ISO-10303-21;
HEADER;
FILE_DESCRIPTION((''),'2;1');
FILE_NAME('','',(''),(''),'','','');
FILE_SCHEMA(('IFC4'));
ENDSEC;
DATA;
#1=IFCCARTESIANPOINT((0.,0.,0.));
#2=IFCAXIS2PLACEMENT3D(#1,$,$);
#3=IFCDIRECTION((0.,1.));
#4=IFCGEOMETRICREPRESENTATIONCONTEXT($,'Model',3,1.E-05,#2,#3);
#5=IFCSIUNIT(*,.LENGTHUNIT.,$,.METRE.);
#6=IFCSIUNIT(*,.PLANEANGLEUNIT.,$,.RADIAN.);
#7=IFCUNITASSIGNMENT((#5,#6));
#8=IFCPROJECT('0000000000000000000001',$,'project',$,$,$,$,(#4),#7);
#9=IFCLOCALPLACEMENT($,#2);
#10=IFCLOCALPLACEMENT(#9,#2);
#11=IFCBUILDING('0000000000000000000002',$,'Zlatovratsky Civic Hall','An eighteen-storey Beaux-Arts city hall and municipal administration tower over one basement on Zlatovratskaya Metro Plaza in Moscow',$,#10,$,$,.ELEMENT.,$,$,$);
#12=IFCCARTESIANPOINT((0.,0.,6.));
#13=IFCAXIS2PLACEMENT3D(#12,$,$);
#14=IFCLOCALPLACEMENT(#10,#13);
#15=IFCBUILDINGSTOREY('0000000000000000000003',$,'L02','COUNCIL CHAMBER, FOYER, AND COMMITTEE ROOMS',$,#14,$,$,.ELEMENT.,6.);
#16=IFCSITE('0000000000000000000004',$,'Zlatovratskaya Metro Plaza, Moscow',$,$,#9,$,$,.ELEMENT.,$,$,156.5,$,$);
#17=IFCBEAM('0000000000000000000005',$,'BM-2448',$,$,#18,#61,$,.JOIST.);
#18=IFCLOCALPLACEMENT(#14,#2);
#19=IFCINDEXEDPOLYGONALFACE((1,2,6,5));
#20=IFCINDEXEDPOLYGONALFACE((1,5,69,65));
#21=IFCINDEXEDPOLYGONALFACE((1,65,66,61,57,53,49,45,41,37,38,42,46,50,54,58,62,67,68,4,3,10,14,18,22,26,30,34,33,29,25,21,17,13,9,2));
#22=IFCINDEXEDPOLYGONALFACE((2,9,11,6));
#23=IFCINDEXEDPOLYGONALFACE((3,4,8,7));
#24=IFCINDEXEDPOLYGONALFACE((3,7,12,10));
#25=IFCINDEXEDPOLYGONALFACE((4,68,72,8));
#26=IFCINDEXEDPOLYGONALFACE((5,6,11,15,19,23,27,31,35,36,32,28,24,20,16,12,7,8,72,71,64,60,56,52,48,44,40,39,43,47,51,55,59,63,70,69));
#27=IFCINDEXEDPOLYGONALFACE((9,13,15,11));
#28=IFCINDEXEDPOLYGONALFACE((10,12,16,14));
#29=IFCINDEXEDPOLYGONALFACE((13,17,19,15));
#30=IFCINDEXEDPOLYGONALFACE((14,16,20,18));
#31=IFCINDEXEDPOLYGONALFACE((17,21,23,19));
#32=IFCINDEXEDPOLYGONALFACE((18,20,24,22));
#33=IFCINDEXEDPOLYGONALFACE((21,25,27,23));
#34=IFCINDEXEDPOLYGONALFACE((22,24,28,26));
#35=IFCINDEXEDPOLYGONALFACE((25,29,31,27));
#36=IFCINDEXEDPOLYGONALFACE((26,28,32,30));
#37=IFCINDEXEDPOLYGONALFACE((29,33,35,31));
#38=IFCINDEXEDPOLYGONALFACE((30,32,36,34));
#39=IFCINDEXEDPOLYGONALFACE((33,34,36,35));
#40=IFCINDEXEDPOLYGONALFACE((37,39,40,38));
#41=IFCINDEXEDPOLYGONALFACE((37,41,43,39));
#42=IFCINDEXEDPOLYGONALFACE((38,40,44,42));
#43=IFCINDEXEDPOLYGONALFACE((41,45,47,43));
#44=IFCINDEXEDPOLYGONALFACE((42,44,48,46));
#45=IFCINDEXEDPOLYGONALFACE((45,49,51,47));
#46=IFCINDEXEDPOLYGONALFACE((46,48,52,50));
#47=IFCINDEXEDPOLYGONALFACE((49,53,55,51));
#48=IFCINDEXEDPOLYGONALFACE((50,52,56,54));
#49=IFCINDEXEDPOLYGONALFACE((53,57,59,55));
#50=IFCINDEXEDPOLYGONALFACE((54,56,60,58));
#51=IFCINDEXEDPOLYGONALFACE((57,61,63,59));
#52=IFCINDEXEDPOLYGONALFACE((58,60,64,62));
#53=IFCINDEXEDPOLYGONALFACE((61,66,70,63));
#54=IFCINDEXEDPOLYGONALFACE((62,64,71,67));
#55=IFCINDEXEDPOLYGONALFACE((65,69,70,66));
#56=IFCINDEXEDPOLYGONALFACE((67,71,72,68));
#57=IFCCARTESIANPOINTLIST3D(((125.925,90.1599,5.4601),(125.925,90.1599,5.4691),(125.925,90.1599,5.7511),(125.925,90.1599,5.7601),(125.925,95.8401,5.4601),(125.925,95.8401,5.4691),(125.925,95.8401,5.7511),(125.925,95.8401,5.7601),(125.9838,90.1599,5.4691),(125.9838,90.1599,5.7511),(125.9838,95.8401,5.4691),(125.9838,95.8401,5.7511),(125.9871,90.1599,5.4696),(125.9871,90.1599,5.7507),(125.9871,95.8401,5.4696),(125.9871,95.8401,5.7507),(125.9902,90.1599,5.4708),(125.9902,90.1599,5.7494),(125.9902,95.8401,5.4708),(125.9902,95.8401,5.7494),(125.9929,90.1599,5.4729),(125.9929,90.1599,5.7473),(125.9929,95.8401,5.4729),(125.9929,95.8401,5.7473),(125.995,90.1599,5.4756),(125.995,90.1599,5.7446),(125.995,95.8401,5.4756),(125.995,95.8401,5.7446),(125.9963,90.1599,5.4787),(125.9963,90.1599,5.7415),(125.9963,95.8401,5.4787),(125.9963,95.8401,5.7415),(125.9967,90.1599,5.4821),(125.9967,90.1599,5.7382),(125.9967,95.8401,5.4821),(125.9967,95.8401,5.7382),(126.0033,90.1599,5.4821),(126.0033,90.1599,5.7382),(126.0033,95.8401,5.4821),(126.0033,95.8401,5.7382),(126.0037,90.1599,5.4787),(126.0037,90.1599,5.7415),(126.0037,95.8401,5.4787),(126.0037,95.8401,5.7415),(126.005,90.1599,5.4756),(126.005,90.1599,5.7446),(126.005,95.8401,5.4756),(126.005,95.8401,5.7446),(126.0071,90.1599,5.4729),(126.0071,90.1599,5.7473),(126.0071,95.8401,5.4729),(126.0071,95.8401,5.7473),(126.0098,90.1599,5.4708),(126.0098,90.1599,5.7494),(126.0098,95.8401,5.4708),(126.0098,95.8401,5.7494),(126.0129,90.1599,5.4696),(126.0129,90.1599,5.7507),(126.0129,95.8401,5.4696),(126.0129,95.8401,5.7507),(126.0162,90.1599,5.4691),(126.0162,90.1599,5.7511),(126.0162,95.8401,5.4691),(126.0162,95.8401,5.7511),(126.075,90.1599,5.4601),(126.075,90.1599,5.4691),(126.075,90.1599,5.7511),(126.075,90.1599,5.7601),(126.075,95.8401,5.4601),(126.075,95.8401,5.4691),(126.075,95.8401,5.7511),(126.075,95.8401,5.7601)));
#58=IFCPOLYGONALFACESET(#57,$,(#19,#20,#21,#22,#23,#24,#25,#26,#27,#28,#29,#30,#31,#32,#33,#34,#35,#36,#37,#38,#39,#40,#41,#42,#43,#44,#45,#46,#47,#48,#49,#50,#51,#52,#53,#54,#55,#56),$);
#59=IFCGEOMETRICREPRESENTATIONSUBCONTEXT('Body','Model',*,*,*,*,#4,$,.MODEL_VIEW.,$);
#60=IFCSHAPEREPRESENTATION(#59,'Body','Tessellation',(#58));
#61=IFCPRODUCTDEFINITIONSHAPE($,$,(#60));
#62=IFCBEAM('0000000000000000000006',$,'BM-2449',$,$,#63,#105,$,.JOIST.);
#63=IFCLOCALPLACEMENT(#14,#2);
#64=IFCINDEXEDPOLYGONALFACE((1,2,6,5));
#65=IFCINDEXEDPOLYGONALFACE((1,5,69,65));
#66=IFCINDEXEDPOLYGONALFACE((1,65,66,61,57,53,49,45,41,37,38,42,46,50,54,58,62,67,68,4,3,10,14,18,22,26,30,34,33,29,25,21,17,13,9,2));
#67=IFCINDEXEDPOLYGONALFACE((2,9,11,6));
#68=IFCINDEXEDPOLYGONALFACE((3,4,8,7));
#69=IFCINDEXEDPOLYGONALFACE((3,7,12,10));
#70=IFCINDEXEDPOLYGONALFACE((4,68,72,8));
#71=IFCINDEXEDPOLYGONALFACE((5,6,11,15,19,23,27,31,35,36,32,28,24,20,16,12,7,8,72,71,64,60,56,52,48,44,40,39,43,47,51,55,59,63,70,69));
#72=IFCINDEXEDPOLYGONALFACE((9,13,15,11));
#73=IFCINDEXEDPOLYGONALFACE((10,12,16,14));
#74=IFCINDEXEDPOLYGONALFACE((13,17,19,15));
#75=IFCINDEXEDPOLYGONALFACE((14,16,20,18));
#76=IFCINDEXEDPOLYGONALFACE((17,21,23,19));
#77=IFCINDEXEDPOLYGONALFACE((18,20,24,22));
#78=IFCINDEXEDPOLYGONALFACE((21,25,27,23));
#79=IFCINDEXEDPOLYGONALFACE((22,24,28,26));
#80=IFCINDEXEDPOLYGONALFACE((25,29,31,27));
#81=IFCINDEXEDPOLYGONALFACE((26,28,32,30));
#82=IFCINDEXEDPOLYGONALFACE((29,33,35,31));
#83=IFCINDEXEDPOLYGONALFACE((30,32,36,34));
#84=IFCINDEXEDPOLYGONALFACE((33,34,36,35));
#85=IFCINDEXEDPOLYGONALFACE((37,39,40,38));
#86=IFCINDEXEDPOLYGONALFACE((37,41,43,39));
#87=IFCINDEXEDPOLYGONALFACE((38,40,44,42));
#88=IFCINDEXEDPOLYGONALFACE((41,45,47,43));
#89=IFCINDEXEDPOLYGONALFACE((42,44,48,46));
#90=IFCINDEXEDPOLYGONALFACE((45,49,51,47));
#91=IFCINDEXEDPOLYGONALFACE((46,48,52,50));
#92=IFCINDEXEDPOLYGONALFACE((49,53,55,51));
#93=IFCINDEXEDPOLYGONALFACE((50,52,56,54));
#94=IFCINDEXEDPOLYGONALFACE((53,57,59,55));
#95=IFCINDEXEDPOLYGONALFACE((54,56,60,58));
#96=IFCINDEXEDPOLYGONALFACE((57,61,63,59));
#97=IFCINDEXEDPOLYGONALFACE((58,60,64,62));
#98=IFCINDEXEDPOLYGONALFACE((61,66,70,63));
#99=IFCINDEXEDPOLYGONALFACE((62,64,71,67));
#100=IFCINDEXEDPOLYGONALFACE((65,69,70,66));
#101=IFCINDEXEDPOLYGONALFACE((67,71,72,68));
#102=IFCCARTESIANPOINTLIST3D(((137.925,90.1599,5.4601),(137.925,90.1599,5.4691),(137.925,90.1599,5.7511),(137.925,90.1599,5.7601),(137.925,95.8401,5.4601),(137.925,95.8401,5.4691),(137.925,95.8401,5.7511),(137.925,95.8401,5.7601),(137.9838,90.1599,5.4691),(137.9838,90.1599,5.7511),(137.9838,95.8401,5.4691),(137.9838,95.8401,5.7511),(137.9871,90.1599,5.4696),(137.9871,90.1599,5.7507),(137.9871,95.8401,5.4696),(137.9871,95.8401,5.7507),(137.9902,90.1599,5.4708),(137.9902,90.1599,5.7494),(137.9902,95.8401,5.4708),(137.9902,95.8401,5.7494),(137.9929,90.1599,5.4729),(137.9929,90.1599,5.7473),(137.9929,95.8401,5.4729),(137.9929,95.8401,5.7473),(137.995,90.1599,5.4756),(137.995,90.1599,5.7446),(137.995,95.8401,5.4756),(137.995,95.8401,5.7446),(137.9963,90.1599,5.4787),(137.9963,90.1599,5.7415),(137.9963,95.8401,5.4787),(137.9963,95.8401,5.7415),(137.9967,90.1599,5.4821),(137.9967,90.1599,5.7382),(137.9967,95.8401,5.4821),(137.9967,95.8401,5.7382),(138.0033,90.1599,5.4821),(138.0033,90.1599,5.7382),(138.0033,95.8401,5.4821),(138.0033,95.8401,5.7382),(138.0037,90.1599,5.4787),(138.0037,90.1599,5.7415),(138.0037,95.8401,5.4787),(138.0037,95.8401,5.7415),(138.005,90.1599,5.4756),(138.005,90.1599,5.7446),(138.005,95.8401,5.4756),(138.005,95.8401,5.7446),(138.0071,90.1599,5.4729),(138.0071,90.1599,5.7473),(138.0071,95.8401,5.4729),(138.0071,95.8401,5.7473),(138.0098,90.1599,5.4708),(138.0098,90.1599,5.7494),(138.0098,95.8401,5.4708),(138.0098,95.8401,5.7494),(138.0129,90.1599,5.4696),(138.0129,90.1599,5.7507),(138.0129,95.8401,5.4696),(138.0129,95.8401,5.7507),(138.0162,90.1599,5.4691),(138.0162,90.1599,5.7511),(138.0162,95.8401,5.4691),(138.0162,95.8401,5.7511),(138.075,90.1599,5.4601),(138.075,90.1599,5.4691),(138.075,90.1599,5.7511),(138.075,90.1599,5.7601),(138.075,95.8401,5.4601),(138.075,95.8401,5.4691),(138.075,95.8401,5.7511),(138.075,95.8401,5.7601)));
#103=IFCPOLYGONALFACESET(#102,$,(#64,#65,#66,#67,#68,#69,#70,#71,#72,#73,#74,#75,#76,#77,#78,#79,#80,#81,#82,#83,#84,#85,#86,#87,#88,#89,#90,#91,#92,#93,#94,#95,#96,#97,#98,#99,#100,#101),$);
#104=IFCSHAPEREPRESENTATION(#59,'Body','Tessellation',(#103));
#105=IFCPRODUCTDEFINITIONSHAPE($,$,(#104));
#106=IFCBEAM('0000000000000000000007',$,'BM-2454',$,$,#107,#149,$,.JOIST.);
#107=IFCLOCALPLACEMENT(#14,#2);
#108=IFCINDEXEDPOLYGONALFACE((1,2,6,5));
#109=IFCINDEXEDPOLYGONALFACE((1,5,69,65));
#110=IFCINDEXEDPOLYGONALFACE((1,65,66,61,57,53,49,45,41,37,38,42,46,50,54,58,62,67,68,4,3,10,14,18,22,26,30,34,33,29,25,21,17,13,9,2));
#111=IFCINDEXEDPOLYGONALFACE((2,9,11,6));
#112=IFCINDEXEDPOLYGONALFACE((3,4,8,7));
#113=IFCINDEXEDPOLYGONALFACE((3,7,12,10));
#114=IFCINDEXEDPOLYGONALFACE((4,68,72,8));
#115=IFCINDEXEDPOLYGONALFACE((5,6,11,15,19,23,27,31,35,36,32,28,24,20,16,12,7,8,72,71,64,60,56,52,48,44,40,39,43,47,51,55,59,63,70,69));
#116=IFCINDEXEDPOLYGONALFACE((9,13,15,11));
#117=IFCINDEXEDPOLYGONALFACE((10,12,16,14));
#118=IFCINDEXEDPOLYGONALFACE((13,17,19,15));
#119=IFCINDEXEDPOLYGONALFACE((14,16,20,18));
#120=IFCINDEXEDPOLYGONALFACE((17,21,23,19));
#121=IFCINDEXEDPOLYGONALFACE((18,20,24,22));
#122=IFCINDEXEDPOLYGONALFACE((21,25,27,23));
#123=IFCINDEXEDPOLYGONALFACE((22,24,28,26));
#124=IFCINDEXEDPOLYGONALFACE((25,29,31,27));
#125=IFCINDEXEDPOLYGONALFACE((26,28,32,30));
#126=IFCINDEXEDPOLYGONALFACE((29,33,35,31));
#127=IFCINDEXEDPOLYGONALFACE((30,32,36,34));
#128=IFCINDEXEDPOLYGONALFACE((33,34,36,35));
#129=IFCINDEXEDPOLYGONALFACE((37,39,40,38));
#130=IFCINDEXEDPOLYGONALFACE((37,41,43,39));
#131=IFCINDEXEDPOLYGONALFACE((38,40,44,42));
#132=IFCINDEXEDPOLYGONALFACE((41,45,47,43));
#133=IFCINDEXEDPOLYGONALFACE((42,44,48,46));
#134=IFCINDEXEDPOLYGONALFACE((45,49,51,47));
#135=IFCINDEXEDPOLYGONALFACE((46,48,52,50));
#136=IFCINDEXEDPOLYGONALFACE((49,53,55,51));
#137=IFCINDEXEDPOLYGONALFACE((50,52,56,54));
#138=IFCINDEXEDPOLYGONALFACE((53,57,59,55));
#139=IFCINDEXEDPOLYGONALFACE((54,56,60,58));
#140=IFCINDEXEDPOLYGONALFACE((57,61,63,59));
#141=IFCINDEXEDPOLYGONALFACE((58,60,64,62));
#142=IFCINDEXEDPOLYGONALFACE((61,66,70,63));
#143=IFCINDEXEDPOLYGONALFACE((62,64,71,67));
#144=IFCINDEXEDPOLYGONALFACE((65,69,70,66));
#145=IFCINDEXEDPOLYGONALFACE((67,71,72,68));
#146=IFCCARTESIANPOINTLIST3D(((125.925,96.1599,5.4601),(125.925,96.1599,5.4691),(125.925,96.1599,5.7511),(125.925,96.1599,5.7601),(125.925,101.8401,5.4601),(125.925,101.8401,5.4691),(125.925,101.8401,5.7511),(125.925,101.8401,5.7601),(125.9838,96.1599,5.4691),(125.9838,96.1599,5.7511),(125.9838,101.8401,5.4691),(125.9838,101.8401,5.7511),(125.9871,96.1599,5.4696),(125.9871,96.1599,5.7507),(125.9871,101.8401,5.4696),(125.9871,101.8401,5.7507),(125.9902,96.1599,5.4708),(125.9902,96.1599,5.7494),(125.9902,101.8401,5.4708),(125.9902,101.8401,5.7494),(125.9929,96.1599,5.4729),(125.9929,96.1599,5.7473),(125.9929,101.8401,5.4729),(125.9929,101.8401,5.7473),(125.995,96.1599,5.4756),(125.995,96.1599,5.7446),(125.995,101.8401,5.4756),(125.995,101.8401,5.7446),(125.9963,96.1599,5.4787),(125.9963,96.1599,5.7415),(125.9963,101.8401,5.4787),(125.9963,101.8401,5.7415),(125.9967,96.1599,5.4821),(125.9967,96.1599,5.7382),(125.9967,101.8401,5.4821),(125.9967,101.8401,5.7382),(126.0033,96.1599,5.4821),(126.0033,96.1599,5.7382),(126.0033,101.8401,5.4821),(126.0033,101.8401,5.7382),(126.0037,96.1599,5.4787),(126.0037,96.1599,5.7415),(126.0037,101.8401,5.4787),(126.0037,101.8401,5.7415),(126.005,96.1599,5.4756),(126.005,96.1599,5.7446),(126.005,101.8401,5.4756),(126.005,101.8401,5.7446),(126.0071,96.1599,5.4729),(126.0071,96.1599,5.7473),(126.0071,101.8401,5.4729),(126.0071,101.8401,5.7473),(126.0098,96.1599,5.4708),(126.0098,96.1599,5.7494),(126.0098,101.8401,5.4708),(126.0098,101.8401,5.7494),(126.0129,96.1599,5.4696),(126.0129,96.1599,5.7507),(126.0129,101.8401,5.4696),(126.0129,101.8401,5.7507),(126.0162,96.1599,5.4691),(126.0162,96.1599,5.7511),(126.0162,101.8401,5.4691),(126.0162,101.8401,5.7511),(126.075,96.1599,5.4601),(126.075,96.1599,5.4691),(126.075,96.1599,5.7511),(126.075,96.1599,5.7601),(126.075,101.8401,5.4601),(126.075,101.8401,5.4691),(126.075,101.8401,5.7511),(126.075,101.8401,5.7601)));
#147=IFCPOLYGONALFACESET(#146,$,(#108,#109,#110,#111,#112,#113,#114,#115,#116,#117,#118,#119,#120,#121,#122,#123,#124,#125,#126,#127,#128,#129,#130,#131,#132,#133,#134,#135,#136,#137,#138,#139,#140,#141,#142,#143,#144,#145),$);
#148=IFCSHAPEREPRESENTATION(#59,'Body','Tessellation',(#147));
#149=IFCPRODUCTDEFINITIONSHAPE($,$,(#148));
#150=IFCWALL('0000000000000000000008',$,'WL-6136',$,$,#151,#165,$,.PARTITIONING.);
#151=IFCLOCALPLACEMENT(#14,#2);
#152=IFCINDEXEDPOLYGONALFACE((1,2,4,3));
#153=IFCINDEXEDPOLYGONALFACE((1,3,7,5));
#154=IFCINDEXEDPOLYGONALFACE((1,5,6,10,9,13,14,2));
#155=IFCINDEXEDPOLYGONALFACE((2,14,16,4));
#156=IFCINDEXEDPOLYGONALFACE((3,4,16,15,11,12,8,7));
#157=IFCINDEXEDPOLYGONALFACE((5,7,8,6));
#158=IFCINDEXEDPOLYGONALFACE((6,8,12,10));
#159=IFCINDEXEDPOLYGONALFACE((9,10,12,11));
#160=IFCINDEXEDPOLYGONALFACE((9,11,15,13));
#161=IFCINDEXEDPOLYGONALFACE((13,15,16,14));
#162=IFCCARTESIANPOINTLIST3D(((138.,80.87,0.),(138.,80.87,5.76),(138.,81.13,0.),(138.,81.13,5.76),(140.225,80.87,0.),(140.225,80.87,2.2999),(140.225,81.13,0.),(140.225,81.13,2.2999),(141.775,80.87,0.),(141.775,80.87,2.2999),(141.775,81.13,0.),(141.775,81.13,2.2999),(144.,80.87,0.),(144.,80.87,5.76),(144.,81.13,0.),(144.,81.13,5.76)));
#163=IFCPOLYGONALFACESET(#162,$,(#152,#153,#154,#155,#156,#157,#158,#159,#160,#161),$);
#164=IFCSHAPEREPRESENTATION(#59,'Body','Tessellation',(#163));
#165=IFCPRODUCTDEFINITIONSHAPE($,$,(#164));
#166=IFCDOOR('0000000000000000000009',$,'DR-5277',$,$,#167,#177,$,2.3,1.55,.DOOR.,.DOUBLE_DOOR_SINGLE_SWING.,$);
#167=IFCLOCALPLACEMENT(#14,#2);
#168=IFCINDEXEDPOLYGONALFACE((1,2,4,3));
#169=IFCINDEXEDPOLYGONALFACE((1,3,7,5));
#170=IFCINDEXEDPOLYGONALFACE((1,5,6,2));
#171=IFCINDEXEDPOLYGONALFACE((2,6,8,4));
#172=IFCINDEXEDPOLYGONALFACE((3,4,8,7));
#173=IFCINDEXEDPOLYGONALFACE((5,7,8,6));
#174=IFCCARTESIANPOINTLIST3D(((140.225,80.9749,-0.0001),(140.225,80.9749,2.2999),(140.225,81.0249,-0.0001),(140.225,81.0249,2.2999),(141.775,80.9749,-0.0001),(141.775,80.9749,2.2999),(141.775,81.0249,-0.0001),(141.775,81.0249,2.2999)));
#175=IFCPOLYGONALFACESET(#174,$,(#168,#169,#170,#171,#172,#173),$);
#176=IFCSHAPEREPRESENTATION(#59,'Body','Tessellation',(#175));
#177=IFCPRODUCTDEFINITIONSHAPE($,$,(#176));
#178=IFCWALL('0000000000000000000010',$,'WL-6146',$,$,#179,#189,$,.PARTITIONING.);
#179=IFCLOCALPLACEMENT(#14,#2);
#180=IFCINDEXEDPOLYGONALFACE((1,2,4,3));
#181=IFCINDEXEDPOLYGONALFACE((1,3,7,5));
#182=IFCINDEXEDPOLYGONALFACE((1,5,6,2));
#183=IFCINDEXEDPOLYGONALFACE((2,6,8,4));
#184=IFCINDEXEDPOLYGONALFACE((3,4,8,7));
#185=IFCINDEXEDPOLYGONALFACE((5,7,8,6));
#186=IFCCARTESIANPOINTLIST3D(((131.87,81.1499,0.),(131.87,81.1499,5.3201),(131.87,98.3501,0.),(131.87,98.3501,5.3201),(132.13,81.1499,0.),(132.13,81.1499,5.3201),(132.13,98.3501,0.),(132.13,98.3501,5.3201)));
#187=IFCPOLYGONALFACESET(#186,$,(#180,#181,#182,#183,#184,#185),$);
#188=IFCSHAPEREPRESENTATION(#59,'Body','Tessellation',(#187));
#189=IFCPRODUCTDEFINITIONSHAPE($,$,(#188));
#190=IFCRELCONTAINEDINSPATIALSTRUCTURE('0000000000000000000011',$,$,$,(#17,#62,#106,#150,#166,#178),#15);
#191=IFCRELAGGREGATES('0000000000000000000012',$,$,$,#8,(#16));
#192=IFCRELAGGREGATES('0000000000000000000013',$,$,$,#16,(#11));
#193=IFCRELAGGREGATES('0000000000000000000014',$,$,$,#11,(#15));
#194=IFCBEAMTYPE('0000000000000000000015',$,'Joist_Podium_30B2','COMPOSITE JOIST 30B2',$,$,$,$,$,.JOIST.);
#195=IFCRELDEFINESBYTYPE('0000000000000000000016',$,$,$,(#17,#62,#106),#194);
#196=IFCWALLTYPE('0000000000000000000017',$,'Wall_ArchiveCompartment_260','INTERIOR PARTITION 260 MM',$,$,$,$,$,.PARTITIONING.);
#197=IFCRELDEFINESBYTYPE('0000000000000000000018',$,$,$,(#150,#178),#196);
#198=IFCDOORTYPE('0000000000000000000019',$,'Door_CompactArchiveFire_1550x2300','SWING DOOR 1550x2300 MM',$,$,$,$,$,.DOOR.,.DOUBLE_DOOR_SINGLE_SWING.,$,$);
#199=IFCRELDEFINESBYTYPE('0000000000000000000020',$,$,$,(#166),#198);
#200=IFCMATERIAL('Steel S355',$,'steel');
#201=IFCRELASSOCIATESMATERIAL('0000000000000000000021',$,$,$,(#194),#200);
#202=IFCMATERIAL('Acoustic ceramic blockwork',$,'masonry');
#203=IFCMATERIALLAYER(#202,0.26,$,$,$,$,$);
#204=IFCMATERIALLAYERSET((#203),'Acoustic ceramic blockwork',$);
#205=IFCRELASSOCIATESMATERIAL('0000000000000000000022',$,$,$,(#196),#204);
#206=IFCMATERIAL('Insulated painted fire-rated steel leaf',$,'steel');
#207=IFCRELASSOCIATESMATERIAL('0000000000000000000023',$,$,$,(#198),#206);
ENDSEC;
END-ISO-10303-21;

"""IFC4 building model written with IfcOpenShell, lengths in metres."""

from ifc_helpers import new_model, si_unit, direction, frame, frame_2d, origin, origin_2d, place, context, subcontext, project, spatial, rectangle, i_section, extrude, material, layer, layer_set, material_profile, profile_set, type_object, element, fill, save


model = new_model("IFC4")

# Units and contexts
model_context = context("Model", 3, precision=1e-05, world=origin(), true_north=direction((0.0, 1.0)))
body_context = subcontext(model_context, "Body", "Model", "MODEL_VIEW")
ifc_project = project(units=[si_unit("LENGTHUNIT", "METRE"), si_unit("PLANEANGLEUNIT", "RADIAN")], contexts=[model_context])

# Site, building, storey
site_placement = place(None, origin())
site = spatial("IfcSite", under=ifc_project, at=site_placement, Name="Zlatovratskaya Metro Plaza, Moscow", CompositionType="ELEMENT", RefElevation=156.5)
building_placement = place(site_placement, origin())
building = spatial("IfcBuilding", under=site, at=building_placement, Name="Zlatovratsky Civic Hall", Description="An eighteen-storey Beaux-Arts city hall and municipal administration tower over one basement on Zlatovratskaya Metro Plaza in Moscow", CompositionType="ELEMENT")
storey_placement = place(building_placement, frame((0.0, 0.0, 6.0)))
storey = spatial("IfcBuildingStorey", under=building, at=storey_placement, Name="L02", Description="COUNCIL CHAMBER, FOYER, AND COMMITTEE ROOMS", CompositionType="ELEMENT", Elevation=6.0)

# Shared definitions
ifc_material_1 = material(Name="Steel S355", Category="steel")

# Beams
ifc_material_profile_1 = material_profile(ifc_material_1, i_section(OverallWidth=0.1499, OverallDepth=0.3, WebThickness=0.0066, FlangeThickness=0.009, FilletRadius=0.0129, at=origin_2d()), Name="30B2")
ifc_profile_set_1 = profile_set([ifc_material_profile_1], Name="Steel S355")
beam_type_1 = type_object("IfcBeamType", Name="Joist_Podium_30B2", Description="COMPOSITE JOIST 30B2", PredefinedType="JOIST", material=ifc_profile_set_1)
for number, where, z_axis, x_axis, name in (
    (1, (126.0, 90.1599, 5.6101), (0.0, 1.0, 0.0), (-1.0, 0.0, 0.0), "BM-2448"),
    (2, (138.0, 90.1599, 5.6101), (0.0, 1.0, 0.0), (-1.0, 0.0, 0.0), "BM-2449"),
    (3, (126.0, 96.1599, 5.6101), (0.0, 1.0, 0.0), (-1.0, 0.0, 0.0), "BM-2454"),
):
    element("IfcBeam", number, at=place(storey_placement, frame(where, z_axis=z_axis, x_axis=x_axis)), inside=storey, type_object=beam_type_1, Name=name, PredefinedType="JOIST", context=body_context, shape_type="SweptSolid", body=[
        extrude(i_section(OverallWidth=0.1499, OverallDepth=0.3, WebThickness=0.0066, FlangeThickness=0.009, FilletRadius=0.0129, at=origin_2d()), origin(), (0.0, 0.0, 1.0), 5.6802),
    ])

# Wall, opening, door
ifc_material_2 = material(Name="Acoustic ceramic blockwork", Category="masonry")
ifc_layer = layer(ifc_material_2, 0.26)
ifc_layer_set = layer_set([ifc_layer], Name="Acoustic ceramic blockwork")
wall_type = type_object("IfcWallType", Name="Wall_ArchiveCompartment_260", Description="INTERIOR PARTITION 260 MM", PredefinedType="PARTITIONING", material=ifc_layer_set)
wall_1_placement = place(storey_placement, frame((138.0, 81.0, 0.0), z_axis=(0.0, 0.0, 1.0), x_axis=(1.0, 0.0, 0.0)))
wall_1 = element("IfcWall", 4, at=wall_1_placement, inside=storey, type_object=wall_type, Name="WL-6136", PredefinedType="PARTITIONING", context=body_context, shape_type="SweptSolid", body=[
    extrude(rectangle(XDim=6.0, YDim=0.26, at=frame_2d((3.0, 0.0))), origin(), (0.0, 0.0, 1.0), 5.76),
])
opening_placement = place(wall_1_placement, frame((2.2251, 0.0, 0.0)))
opening = element("IfcOpeningElement", 5, at=opening_placement, cuts=wall_1, PredefinedType="OPENING", context=body_context, shape_type="SweptSolid", body=[
    extrude(rectangle(XDim=1.55, YDim=2.3, at=frame_2d((0.7749, 1.1499))), frame((0.0, 0.145, 0.0), z_axis=(0.0, -1.0, 0.0), x_axis=(1.0, 0.0, 0.0)), (0.0, 0.0, 1.0), 0.2898),
])
ifc_material_3 = material(Name="Insulated painted fire-rated steel leaf", Category="steel")
door_type = type_object("IfcDoorType", Name="Door_CompactArchiveFire_1550x2300", Description="SWING DOOR 1550x2300 MM", OperationType="DOUBLE_DOOR_SINGLE_SWING", PredefinedType="DOOR", material=ifc_material_3)
door_placement = place(opening_placement, origin())
door = element("IfcDoor", 6, at=door_placement, inside=storey, type_object=door_type, Name="DR-5277", OperationType="DOUBLE_DOOR_SINGLE_SWING", OverallHeight=2.3, OverallWidth=1.55, PredefinedType="DOOR", context=body_context, shape_type="SweptSolid", body=[
    extrude(rectangle(XDim=1.55, YDim=2.3, at=frame_2d((0.7749, 1.1499))), frame((0.0, 0.0249, 0.0), z_axis=(0.0, -1.0, 0.0), x_axis=(1.0, 0.0, 0.0)), (0.0, 0.0, 1.0), 0.05),
])
fill(opening, door)

# Wall
wall_2_placement = place(storey_placement, frame((132.0, 81.1499, 0.0), z_axis=(0.0, 0.0, 1.0), x_axis=(0.0, 1.0, 0.0)))
element("IfcWall", 7, at=wall_2_placement, inside=storey, type_object=wall_type, Name="WL-6146", PredefinedType="PARTITIONING", context=body_context, shape_type="SweptSolid", body=[
    extrude(rectangle(XDim=17.2002, YDim=0.26, at=frame_2d((8.6001, 0.0))), origin(), (0.0, 0.0, 1.0), 5.3201),
])

save(model, "model.ifc")
